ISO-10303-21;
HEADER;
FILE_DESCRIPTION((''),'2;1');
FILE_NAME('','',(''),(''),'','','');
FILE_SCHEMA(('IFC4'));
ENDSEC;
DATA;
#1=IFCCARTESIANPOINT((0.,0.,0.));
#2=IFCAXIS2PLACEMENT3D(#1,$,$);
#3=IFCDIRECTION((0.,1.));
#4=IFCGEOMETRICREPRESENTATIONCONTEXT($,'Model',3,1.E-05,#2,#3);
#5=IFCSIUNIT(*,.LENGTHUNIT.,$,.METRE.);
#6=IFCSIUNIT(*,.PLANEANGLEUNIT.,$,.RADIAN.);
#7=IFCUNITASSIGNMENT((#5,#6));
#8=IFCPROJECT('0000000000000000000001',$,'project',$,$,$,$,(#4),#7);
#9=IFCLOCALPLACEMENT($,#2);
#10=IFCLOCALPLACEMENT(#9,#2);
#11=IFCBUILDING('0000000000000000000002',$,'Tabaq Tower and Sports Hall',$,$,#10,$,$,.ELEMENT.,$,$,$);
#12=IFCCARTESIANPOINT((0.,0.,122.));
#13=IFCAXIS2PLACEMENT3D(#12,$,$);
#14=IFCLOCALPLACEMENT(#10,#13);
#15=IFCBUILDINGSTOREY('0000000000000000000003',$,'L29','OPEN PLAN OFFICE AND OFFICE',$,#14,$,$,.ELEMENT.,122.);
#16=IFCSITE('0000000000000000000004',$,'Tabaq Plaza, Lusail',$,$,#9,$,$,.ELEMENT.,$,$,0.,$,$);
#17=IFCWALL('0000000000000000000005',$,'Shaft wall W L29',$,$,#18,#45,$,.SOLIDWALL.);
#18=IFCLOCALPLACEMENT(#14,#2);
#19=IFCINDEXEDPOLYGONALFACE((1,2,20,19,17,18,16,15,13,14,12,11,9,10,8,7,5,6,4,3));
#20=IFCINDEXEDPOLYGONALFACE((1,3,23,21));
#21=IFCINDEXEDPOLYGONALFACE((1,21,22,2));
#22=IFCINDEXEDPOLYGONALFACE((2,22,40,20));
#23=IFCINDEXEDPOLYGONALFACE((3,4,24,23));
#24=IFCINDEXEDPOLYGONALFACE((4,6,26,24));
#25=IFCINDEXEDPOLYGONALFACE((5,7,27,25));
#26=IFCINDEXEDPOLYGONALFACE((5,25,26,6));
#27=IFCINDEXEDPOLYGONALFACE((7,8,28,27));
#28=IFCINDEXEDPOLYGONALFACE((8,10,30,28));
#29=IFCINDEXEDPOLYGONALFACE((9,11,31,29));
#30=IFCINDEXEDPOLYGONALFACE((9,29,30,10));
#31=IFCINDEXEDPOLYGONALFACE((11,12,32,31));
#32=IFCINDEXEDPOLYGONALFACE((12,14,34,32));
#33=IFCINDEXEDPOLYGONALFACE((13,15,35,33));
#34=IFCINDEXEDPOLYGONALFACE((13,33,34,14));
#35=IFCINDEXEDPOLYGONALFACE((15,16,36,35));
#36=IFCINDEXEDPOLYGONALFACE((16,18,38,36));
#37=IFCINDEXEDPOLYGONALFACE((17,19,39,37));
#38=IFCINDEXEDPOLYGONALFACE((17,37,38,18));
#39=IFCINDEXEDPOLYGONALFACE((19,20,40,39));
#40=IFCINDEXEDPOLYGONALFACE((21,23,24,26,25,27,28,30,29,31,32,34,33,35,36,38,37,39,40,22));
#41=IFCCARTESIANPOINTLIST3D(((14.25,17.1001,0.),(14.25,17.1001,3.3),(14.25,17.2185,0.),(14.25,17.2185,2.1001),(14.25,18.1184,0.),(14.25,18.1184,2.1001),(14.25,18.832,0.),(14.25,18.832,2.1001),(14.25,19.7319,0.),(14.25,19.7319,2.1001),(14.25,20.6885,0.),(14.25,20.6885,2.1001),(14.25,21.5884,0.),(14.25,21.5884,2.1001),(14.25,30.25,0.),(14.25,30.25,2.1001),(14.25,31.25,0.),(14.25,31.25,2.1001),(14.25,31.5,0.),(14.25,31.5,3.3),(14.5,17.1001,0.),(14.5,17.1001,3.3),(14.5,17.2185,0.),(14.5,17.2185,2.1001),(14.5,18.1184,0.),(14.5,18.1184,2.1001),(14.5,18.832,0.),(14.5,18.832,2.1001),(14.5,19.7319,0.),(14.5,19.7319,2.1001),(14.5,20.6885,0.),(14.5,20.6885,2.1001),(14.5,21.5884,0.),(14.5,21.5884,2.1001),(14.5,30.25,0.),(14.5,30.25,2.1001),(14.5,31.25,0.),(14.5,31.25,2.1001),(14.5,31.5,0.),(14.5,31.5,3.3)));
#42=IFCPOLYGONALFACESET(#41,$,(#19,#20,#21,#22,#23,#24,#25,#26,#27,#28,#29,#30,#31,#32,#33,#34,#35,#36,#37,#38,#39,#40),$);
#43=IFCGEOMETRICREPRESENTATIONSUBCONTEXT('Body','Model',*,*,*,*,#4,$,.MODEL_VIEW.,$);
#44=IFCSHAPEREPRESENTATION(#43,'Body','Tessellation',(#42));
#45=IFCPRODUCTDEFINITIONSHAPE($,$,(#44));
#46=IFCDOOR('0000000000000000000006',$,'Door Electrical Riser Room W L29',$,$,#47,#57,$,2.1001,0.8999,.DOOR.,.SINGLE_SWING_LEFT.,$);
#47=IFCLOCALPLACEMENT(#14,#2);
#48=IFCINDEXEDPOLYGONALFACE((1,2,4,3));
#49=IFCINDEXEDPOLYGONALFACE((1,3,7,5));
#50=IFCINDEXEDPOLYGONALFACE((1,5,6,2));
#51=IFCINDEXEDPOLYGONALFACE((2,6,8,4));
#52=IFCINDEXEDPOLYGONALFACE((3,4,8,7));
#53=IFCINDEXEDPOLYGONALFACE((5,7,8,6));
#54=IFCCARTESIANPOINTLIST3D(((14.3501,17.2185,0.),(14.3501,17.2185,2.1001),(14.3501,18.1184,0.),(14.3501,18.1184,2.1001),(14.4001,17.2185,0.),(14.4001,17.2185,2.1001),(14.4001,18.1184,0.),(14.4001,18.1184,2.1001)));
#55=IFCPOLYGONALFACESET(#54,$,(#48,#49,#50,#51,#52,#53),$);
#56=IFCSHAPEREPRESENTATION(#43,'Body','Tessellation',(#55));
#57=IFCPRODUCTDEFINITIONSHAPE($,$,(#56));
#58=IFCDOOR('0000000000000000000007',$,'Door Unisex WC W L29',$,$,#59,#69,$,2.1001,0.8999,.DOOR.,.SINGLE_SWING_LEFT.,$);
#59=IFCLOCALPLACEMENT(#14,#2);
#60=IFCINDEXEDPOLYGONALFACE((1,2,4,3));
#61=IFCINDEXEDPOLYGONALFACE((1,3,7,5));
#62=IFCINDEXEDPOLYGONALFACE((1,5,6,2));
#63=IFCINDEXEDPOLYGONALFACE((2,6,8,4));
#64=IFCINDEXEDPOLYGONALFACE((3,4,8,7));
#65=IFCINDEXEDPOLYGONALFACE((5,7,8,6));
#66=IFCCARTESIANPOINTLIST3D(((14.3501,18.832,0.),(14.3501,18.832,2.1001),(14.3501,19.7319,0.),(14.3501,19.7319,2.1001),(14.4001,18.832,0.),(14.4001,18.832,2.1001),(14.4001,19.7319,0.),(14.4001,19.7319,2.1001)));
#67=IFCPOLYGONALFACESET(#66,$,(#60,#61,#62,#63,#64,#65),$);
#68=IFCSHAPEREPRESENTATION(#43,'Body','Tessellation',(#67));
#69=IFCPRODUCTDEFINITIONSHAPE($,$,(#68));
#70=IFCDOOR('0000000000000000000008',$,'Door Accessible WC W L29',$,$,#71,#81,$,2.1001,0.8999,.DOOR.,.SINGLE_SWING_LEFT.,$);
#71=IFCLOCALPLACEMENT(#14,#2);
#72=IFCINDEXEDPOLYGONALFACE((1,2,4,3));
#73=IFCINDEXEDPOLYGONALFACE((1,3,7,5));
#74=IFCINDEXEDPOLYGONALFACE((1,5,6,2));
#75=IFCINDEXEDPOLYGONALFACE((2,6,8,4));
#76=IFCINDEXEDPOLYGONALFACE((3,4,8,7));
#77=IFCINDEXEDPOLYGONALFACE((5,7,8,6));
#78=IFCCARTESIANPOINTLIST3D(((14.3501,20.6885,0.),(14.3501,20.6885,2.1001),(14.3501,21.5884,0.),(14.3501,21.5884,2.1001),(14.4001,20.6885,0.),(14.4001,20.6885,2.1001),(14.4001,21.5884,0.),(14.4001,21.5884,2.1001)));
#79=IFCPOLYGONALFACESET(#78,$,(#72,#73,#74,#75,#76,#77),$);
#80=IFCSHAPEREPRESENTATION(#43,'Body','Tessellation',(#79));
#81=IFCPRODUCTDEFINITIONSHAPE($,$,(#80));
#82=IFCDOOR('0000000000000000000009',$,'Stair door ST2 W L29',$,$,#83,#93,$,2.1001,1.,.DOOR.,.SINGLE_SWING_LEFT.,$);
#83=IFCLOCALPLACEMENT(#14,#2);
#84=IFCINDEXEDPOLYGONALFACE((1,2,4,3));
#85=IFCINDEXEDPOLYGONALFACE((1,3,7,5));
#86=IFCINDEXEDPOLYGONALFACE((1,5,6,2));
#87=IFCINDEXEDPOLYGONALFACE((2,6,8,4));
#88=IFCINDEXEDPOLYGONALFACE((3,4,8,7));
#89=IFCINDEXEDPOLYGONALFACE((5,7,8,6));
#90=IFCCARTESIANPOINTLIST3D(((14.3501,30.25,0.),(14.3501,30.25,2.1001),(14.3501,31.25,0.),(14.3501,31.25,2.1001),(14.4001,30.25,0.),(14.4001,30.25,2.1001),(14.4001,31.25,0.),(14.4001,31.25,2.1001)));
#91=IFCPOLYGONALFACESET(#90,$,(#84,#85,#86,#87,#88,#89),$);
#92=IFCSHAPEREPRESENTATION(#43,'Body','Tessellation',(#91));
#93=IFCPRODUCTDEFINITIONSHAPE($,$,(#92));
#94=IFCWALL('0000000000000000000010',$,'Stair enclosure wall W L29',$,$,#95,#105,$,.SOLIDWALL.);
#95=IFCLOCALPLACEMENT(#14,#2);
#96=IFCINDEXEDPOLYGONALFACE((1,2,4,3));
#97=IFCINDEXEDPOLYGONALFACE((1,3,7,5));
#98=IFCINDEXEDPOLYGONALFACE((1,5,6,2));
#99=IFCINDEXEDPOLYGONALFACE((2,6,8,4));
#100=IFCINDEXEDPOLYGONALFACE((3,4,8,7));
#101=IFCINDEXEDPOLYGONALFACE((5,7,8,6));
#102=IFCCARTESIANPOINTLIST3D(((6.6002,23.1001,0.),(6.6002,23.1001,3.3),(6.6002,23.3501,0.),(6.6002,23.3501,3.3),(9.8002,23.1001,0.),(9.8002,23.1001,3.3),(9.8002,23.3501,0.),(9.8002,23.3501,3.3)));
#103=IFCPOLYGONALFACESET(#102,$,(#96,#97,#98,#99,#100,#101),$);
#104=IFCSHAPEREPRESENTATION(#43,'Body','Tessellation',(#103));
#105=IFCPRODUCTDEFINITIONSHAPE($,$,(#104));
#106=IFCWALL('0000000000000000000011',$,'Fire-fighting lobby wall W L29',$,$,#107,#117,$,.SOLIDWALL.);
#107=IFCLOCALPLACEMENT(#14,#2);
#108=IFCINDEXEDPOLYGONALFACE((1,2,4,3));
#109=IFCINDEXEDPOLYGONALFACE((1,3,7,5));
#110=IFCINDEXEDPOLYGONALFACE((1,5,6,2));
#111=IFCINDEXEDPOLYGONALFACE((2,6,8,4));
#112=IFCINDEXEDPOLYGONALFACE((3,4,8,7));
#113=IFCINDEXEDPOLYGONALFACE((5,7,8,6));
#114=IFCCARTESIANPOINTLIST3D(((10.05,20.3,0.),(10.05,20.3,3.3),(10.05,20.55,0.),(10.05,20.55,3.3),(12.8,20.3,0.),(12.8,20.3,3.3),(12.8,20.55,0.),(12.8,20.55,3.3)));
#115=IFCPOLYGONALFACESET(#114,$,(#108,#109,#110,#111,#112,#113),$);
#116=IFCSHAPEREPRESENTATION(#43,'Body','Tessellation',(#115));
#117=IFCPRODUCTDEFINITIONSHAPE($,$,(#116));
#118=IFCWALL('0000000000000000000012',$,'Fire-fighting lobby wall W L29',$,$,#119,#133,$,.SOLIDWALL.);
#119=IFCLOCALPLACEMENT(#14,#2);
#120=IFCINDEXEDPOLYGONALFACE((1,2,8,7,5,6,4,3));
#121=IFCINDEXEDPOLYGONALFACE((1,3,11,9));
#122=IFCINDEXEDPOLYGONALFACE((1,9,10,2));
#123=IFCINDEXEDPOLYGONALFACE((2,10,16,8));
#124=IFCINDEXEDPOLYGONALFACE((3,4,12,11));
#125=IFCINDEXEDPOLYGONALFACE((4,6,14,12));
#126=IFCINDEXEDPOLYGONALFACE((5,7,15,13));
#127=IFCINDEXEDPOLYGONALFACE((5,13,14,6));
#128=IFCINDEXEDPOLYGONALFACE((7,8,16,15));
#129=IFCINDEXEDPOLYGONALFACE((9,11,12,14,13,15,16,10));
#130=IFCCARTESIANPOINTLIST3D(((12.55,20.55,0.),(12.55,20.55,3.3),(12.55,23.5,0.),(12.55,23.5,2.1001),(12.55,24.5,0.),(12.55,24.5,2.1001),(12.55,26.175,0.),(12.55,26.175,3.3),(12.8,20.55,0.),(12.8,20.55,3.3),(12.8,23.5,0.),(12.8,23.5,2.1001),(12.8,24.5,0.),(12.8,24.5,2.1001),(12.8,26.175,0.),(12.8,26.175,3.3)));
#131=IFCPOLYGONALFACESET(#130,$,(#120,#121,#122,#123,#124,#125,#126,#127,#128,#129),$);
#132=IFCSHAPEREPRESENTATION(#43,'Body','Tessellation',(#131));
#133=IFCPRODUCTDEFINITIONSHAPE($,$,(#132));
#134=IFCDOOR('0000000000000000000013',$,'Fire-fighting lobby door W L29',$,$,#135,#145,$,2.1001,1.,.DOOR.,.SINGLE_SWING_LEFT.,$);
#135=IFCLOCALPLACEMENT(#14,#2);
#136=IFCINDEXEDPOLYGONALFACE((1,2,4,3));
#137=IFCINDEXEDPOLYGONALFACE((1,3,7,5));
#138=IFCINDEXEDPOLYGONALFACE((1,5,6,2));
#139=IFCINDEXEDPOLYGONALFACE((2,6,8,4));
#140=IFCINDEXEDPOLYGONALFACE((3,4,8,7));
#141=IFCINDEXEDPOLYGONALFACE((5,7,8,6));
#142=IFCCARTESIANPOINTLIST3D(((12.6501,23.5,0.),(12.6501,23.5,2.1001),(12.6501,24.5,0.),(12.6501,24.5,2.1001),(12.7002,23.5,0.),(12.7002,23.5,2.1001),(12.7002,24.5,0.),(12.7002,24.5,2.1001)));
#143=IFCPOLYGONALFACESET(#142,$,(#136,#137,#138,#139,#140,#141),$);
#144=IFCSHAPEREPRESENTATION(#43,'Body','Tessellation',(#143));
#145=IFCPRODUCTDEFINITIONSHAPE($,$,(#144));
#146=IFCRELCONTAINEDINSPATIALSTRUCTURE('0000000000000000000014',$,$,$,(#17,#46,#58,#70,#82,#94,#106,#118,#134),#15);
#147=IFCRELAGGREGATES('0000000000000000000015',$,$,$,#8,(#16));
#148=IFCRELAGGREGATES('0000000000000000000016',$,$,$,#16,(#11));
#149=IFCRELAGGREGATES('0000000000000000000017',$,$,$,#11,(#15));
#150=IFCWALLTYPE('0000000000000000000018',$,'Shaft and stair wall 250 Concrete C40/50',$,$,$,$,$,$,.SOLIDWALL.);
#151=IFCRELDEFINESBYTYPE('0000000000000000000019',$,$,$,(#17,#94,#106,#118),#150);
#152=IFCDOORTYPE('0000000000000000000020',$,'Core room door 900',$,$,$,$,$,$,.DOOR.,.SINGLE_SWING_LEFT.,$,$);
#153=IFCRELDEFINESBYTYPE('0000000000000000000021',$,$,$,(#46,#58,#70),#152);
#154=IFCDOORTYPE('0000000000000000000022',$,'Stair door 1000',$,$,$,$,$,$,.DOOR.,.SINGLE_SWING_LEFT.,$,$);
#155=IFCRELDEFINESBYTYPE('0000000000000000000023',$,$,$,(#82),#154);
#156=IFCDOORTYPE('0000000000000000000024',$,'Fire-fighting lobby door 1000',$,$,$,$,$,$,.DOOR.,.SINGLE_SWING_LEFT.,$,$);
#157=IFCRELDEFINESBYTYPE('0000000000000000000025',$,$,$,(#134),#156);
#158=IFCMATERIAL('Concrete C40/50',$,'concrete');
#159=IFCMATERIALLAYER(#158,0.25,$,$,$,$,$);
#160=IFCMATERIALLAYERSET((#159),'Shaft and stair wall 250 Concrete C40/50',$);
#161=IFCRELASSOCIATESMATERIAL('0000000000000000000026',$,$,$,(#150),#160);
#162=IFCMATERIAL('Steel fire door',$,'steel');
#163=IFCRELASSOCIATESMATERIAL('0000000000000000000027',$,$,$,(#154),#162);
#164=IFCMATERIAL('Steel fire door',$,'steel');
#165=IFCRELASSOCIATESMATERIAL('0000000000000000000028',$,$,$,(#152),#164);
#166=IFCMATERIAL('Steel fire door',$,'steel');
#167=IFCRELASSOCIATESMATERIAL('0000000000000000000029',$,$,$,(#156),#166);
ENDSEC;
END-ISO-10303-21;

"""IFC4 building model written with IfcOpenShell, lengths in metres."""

from ifc_helpers import new_model, si_unit, direction, frame, frame_2d, origin, place, context, subcontext, project, spatial, rectangle, extrude, material, layer, layer_set, type_object, element, fill, save


model = new_model("IFC4")

# Units and contexts
model_context = context("Model", 3, precision=1e-05, world=origin(), true_north=direction((0.0, 1.0)))
body_context = subcontext(model_context, "Body", "Model", "MODEL_VIEW")
ifc_project = project(units=[si_unit("LENGTHUNIT", "METRE"), si_unit("PLANEANGLEUNIT", "RADIAN")], contexts=[model_context])

# Site, building, storey
site_placement = place(None, origin())
site = spatial("IfcSite", under=ifc_project, at=site_placement, Name="Tabaq Plaza, Lusail", CompositionType="ELEMENT", RefElevation=0.0)
building_placement = place(site_placement, origin())
building = spatial("IfcBuilding", under=site, at=building_placement, Name="Tabaq Tower and Sports Hall", CompositionType="ELEMENT")
storey_placement = place(building_placement, frame((0.0, 0.0, 122.0)))
storey = spatial("IfcBuildingStorey", under=building, at=storey_placement, Name="L29", Description="OPEN PLAN OFFICE AND OFFICE", CompositionType="ELEMENT", Elevation=122.0)

# Wall, openings, doors
ifc_material_1 = material(Name="Concrete C40/50", Category="concrete")
ifc_layer_1 = layer(ifc_material_1, 0.25)
ifc_layer_set_1 = layer_set([ifc_layer_1], Name="Shaft and stair wall 250 Concrete C40/50")
wall_type_1 = type_object("IfcWallType", Name="Shaft and stair wall 250 Concrete C40/50", PredefinedType="SOLIDWALL", material=ifc_layer_set_1)
ifc_material_2 = material(Name="Steel fire door", Category="steel")
door_type_1 = type_object("IfcDoorType", Name="Stair door 1000", OperationType="SINGLE_SWING_LEFT", PredefinedType="DOOR", material=ifc_material_2)
wall_1_placement = place(storey_placement, frame((14.375, 17.1001, 0.0), z_axis=(0.0, 0.0, 1.0), x_axis=(0.0, 1.0, 0.0)))
wall_1 = element("IfcWall", 1, at=wall_1_placement, inside=storey, type_object=wall_type_1, Name="Shaft wall W L29", PredefinedType="SOLIDWALL", context=body_context, shape_type="SweptSolid", body=[
    extrude(rectangle(XDim=14.3999, YDim=0.25, at=frame_2d((7.2, 0.0))), origin(), (0.0, 0.0, 1.0), 3.3),
])
opening_1_placement = place(wall_1_placement, frame((13.1499, 0.0, 0.0)))
opening_1 = element("IfcOpeningElement", 2, at=opening_1_placement, cuts=wall_1, PredefinedType="OPENING", context=body_context, shape_type="SweptSolid", body=[
    extrude(rectangle(XDim=1.0, YDim=2.1001, at=frame_2d((0.5, 1.05))), frame((0.0, 0.125, 0.0), z_axis=(0.0, -1.0, 0.0), x_axis=(1.0, 0.0, 0.0)), (0.0, 0.0, 1.0), 0.25),
])
opening_2_placement = place(wall_1_placement, frame((0.1184, 0.0, 0.0)))
opening_2 = element("IfcOpeningElement", 3, at=opening_2_placement, cuts=wall_1, PredefinedType="OPENING", context=body_context, shape_type="SweptSolid", body=[
    extrude(rectangle(XDim=0.8999, YDim=2.1001, at=frame_2d((0.45, 1.05))), frame((0.0, 0.125, 0.0), z_axis=(0.0, -1.0, 0.0), x_axis=(1.0, 0.0, 0.0)), (0.0, 0.0, 1.0), 0.25),
])
opening_3_placement = place(wall_1_placement, frame((1.7319, 0.0, 0.0)))
opening_3 = element("IfcOpeningElement", 4, at=opening_3_placement, cuts=wall_1, PredefinedType="OPENING", context=body_context, shape_type="SweptSolid", body=[
    extrude(rectangle(XDim=0.8999, YDim=2.1001, at=frame_2d((0.45, 1.05))), frame((0.0, 0.125, 0.0), z_axis=(0.0, -1.0, 0.0), x_axis=(1.0, 0.0, 0.0)), (0.0, 0.0, 1.0), 0.25),
])
opening_4_placement = place(wall_1_placement, frame((3.5884, 0.0, 0.0)))
opening_4 = element("IfcOpeningElement", 5, at=opening_4_placement, cuts=wall_1, PredefinedType="OPENING", context=body_context, shape_type="SweptSolid", body=[
    extrude(rectangle(XDim=0.8999, YDim=2.1001, at=frame_2d((0.45, 1.05))), frame((0.0, 0.125, 0.0), z_axis=(0.0, -1.0, 0.0), x_axis=(1.0, 0.0, 0.0)), (0.0, 0.0, 1.0), 0.25),
])
ifc_material_3 = material(Name="Steel fire door", Category="steel")
door_type_2 = type_object("IfcDoorType", Name="Core room door 900", OperationType="SINGLE_SWING_LEFT", PredefinedType="DOOR", material=ifc_material_3)
door_1_placement = place(opening_2_placement, origin())
door_1 = element("IfcDoor", 6, at=door_1_placement, inside=storey, type_object=door_type_2, Name="Door Electrical Riser Room W L29", OperationType="SINGLE_SWING_LEFT", OverallHeight=2.1001, OverallWidth=0.8999, PredefinedType="DOOR", context=body_context, shape_type="SweptSolid", body=[
    extrude(rectangle(XDim=0.8999, YDim=2.1001, at=frame_2d((0.45, 1.05))), frame((0.0, 0.0249, 0.0), z_axis=(0.0, -1.0, 0.0), x_axis=(1.0, 0.0, 0.0)), (0.0, 0.0, 1.0), 0.05),
])
fill(opening_2, door_1)
door_2_placement = place(opening_3_placement, origin())
door_2 = element("IfcDoor", 7, at=door_2_placement, inside=storey, type_object=door_type_2, Name="Door Unisex WC W L29", OperationType="SINGLE_SWING_LEFT", OverallHeight=2.1001, OverallWidth=0.8999, PredefinedType="DOOR", context=body_context, shape_type="SweptSolid", body=[
    extrude(rectangle(XDim=0.8999, YDim=2.1001, at=frame_2d((0.45, 1.05))), frame((0.0, 0.0249, 0.0), z_axis=(0.0, -1.0, 0.0), x_axis=(1.0, 0.0, 0.0)), (0.0, 0.0, 1.0), 0.05),
])
fill(opening_3, door_2)
door_3_placement = place(opening_4_placement, origin())
door_3 = element("IfcDoor", 8, at=door_3_placement, inside=storey, type_object=door_type_2, Name="Door Accessible WC W L29", OperationType="SINGLE_SWING_LEFT", OverallHeight=2.1001, OverallWidth=0.8999, PredefinedType="DOOR", context=body_context, shape_type="SweptSolid", body=[
    extrude(rectangle(XDim=0.8999, YDim=2.1001, at=frame_2d((0.45, 1.05))), frame((0.0, 0.0249, 0.0), z_axis=(0.0, -1.0, 0.0), x_axis=(1.0, 0.0, 0.0)), (0.0, 0.0, 1.0), 0.05),
])
fill(opening_4, door_3)
door_4_placement = place(opening_1_placement, origin())
door_4 = element("IfcDoor", 9, at=door_4_placement, inside=storey, type_object=door_type_1, Name="Stair door ST2 W L29", OperationType="SINGLE_SWING_LEFT", OverallHeight=2.1001, OverallWidth=1.0, PredefinedType="DOOR", context=body_context, shape_type="SweptSolid", body=[
    extrude(rectangle(XDim=1.0, YDim=2.1001, at=frame_2d((0.5, 1.05))), frame((0.0, 0.0249, 0.0), z_axis=(0.0, -1.0, 0.0), x_axis=(1.0, 0.0, 0.0)), (0.0, 0.0, 1.0), 0.05),
])
fill(opening_1, door_4)

# Walls
wall_2_placement = place(storey_placement, frame((6.6001, 23.2251, 0.0), z_axis=(0.0, 0.0, 1.0), x_axis=(1.0, 0.0, 0.0)))
element("IfcWall", 10, at=wall_2_placement, inside=storey, type_object=wall_type_1, Name="Stair enclosure wall W L29", PredefinedType="SOLIDWALL", context=body_context, shape_type="SweptSolid", body=[
    extrude(rectangle(XDim=3.2, YDim=0.25, at=frame_2d((1.6001, 0.0))), origin(), (0.0, 0.0, 1.0), 3.3),
])
wall_3_placement = place(storey_placement, frame((10.05, 20.425, 0.0), z_axis=(0.0, 0.0, 1.0), x_axis=(1.0, 0.0, 0.0)))
element("IfcWall", 11, at=wall_3_placement, inside=storey, type_object=wall_type_1, Name="Fire-fighting lobby wall W L29", PredefinedType="SOLIDWALL", context=body_context, shape_type="SweptSolid", body=[
    extrude(rectangle(XDim=2.75, YDim=0.25, at=frame_2d((1.375, 0.0))), origin(), (0.0, 0.0, 1.0), 3.3),
])

# Wall, opening, door
wall_4_placement = place(storey_placement, frame((12.675, 20.55, 0.0), z_axis=(0.0, 0.0, 1.0), x_axis=(0.0, 1.0, 0.0)))
wall_4 = element("IfcWall", 12, at=wall_4_placement, inside=storey, type_object=wall_type_1, Name="Fire-fighting lobby wall W L29", PredefinedType="SOLIDWALL", context=body_context, shape_type="SweptSolid", body=[
    extrude(rectangle(XDim=5.625, YDim=0.25, at=frame_2d((2.8125, 0.0))), origin(), (0.0, 0.0, 1.0), 3.3),
])
opening_5_placement = place(wall_4_placement, frame((2.95, 0.0, 0.0)))
opening_5 = element("IfcOpeningElement", 13, at=opening_5_placement, cuts=wall_4, PredefinedType="OPENING", context=body_context, shape_type="SweptSolid", body=[
    extrude(rectangle(XDim=1.0, YDim=2.1001, at=frame_2d((0.5, 1.05))), frame((0.0, 0.125, 0.0), z_axis=(0.0, -1.0, 0.0), x_axis=(1.0, 0.0, 0.0)), (0.0, 0.0, 1.0), 0.25),
])
ifc_material_4 = material(Name="Steel fire door", Category="steel")
door_type_3 = type_object("IfcDoorType", Name="Fire-fighting lobby door 1000", OperationType="SINGLE_SWING_LEFT", PredefinedType="DOOR", material=ifc_material_4)
door_5_placement = place(opening_5_placement, origin())
door_5 = element("IfcDoor", 14, at=door_5_placement, inside=storey, type_object=door_type_3, Name="Fire-fighting lobby door W L29", OperationType="SINGLE_SWING_LEFT", OverallHeight=2.1001, OverallWidth=1.0, PredefinedType="DOOR", context=body_context, shape_type="SweptSolid", body=[
    extrude(rectangle(XDim=1.0, YDim=2.1001, at=frame_2d((0.5, 1.05))), frame((0.0, 0.0249, 0.0), z_axis=(0.0, -1.0, 0.0), x_axis=(1.0, 0.0, 0.0)), (0.0, 0.0, 1.0), 0.05),
])
fill(opening_5, door_5)

save(model, "model.ifc")
